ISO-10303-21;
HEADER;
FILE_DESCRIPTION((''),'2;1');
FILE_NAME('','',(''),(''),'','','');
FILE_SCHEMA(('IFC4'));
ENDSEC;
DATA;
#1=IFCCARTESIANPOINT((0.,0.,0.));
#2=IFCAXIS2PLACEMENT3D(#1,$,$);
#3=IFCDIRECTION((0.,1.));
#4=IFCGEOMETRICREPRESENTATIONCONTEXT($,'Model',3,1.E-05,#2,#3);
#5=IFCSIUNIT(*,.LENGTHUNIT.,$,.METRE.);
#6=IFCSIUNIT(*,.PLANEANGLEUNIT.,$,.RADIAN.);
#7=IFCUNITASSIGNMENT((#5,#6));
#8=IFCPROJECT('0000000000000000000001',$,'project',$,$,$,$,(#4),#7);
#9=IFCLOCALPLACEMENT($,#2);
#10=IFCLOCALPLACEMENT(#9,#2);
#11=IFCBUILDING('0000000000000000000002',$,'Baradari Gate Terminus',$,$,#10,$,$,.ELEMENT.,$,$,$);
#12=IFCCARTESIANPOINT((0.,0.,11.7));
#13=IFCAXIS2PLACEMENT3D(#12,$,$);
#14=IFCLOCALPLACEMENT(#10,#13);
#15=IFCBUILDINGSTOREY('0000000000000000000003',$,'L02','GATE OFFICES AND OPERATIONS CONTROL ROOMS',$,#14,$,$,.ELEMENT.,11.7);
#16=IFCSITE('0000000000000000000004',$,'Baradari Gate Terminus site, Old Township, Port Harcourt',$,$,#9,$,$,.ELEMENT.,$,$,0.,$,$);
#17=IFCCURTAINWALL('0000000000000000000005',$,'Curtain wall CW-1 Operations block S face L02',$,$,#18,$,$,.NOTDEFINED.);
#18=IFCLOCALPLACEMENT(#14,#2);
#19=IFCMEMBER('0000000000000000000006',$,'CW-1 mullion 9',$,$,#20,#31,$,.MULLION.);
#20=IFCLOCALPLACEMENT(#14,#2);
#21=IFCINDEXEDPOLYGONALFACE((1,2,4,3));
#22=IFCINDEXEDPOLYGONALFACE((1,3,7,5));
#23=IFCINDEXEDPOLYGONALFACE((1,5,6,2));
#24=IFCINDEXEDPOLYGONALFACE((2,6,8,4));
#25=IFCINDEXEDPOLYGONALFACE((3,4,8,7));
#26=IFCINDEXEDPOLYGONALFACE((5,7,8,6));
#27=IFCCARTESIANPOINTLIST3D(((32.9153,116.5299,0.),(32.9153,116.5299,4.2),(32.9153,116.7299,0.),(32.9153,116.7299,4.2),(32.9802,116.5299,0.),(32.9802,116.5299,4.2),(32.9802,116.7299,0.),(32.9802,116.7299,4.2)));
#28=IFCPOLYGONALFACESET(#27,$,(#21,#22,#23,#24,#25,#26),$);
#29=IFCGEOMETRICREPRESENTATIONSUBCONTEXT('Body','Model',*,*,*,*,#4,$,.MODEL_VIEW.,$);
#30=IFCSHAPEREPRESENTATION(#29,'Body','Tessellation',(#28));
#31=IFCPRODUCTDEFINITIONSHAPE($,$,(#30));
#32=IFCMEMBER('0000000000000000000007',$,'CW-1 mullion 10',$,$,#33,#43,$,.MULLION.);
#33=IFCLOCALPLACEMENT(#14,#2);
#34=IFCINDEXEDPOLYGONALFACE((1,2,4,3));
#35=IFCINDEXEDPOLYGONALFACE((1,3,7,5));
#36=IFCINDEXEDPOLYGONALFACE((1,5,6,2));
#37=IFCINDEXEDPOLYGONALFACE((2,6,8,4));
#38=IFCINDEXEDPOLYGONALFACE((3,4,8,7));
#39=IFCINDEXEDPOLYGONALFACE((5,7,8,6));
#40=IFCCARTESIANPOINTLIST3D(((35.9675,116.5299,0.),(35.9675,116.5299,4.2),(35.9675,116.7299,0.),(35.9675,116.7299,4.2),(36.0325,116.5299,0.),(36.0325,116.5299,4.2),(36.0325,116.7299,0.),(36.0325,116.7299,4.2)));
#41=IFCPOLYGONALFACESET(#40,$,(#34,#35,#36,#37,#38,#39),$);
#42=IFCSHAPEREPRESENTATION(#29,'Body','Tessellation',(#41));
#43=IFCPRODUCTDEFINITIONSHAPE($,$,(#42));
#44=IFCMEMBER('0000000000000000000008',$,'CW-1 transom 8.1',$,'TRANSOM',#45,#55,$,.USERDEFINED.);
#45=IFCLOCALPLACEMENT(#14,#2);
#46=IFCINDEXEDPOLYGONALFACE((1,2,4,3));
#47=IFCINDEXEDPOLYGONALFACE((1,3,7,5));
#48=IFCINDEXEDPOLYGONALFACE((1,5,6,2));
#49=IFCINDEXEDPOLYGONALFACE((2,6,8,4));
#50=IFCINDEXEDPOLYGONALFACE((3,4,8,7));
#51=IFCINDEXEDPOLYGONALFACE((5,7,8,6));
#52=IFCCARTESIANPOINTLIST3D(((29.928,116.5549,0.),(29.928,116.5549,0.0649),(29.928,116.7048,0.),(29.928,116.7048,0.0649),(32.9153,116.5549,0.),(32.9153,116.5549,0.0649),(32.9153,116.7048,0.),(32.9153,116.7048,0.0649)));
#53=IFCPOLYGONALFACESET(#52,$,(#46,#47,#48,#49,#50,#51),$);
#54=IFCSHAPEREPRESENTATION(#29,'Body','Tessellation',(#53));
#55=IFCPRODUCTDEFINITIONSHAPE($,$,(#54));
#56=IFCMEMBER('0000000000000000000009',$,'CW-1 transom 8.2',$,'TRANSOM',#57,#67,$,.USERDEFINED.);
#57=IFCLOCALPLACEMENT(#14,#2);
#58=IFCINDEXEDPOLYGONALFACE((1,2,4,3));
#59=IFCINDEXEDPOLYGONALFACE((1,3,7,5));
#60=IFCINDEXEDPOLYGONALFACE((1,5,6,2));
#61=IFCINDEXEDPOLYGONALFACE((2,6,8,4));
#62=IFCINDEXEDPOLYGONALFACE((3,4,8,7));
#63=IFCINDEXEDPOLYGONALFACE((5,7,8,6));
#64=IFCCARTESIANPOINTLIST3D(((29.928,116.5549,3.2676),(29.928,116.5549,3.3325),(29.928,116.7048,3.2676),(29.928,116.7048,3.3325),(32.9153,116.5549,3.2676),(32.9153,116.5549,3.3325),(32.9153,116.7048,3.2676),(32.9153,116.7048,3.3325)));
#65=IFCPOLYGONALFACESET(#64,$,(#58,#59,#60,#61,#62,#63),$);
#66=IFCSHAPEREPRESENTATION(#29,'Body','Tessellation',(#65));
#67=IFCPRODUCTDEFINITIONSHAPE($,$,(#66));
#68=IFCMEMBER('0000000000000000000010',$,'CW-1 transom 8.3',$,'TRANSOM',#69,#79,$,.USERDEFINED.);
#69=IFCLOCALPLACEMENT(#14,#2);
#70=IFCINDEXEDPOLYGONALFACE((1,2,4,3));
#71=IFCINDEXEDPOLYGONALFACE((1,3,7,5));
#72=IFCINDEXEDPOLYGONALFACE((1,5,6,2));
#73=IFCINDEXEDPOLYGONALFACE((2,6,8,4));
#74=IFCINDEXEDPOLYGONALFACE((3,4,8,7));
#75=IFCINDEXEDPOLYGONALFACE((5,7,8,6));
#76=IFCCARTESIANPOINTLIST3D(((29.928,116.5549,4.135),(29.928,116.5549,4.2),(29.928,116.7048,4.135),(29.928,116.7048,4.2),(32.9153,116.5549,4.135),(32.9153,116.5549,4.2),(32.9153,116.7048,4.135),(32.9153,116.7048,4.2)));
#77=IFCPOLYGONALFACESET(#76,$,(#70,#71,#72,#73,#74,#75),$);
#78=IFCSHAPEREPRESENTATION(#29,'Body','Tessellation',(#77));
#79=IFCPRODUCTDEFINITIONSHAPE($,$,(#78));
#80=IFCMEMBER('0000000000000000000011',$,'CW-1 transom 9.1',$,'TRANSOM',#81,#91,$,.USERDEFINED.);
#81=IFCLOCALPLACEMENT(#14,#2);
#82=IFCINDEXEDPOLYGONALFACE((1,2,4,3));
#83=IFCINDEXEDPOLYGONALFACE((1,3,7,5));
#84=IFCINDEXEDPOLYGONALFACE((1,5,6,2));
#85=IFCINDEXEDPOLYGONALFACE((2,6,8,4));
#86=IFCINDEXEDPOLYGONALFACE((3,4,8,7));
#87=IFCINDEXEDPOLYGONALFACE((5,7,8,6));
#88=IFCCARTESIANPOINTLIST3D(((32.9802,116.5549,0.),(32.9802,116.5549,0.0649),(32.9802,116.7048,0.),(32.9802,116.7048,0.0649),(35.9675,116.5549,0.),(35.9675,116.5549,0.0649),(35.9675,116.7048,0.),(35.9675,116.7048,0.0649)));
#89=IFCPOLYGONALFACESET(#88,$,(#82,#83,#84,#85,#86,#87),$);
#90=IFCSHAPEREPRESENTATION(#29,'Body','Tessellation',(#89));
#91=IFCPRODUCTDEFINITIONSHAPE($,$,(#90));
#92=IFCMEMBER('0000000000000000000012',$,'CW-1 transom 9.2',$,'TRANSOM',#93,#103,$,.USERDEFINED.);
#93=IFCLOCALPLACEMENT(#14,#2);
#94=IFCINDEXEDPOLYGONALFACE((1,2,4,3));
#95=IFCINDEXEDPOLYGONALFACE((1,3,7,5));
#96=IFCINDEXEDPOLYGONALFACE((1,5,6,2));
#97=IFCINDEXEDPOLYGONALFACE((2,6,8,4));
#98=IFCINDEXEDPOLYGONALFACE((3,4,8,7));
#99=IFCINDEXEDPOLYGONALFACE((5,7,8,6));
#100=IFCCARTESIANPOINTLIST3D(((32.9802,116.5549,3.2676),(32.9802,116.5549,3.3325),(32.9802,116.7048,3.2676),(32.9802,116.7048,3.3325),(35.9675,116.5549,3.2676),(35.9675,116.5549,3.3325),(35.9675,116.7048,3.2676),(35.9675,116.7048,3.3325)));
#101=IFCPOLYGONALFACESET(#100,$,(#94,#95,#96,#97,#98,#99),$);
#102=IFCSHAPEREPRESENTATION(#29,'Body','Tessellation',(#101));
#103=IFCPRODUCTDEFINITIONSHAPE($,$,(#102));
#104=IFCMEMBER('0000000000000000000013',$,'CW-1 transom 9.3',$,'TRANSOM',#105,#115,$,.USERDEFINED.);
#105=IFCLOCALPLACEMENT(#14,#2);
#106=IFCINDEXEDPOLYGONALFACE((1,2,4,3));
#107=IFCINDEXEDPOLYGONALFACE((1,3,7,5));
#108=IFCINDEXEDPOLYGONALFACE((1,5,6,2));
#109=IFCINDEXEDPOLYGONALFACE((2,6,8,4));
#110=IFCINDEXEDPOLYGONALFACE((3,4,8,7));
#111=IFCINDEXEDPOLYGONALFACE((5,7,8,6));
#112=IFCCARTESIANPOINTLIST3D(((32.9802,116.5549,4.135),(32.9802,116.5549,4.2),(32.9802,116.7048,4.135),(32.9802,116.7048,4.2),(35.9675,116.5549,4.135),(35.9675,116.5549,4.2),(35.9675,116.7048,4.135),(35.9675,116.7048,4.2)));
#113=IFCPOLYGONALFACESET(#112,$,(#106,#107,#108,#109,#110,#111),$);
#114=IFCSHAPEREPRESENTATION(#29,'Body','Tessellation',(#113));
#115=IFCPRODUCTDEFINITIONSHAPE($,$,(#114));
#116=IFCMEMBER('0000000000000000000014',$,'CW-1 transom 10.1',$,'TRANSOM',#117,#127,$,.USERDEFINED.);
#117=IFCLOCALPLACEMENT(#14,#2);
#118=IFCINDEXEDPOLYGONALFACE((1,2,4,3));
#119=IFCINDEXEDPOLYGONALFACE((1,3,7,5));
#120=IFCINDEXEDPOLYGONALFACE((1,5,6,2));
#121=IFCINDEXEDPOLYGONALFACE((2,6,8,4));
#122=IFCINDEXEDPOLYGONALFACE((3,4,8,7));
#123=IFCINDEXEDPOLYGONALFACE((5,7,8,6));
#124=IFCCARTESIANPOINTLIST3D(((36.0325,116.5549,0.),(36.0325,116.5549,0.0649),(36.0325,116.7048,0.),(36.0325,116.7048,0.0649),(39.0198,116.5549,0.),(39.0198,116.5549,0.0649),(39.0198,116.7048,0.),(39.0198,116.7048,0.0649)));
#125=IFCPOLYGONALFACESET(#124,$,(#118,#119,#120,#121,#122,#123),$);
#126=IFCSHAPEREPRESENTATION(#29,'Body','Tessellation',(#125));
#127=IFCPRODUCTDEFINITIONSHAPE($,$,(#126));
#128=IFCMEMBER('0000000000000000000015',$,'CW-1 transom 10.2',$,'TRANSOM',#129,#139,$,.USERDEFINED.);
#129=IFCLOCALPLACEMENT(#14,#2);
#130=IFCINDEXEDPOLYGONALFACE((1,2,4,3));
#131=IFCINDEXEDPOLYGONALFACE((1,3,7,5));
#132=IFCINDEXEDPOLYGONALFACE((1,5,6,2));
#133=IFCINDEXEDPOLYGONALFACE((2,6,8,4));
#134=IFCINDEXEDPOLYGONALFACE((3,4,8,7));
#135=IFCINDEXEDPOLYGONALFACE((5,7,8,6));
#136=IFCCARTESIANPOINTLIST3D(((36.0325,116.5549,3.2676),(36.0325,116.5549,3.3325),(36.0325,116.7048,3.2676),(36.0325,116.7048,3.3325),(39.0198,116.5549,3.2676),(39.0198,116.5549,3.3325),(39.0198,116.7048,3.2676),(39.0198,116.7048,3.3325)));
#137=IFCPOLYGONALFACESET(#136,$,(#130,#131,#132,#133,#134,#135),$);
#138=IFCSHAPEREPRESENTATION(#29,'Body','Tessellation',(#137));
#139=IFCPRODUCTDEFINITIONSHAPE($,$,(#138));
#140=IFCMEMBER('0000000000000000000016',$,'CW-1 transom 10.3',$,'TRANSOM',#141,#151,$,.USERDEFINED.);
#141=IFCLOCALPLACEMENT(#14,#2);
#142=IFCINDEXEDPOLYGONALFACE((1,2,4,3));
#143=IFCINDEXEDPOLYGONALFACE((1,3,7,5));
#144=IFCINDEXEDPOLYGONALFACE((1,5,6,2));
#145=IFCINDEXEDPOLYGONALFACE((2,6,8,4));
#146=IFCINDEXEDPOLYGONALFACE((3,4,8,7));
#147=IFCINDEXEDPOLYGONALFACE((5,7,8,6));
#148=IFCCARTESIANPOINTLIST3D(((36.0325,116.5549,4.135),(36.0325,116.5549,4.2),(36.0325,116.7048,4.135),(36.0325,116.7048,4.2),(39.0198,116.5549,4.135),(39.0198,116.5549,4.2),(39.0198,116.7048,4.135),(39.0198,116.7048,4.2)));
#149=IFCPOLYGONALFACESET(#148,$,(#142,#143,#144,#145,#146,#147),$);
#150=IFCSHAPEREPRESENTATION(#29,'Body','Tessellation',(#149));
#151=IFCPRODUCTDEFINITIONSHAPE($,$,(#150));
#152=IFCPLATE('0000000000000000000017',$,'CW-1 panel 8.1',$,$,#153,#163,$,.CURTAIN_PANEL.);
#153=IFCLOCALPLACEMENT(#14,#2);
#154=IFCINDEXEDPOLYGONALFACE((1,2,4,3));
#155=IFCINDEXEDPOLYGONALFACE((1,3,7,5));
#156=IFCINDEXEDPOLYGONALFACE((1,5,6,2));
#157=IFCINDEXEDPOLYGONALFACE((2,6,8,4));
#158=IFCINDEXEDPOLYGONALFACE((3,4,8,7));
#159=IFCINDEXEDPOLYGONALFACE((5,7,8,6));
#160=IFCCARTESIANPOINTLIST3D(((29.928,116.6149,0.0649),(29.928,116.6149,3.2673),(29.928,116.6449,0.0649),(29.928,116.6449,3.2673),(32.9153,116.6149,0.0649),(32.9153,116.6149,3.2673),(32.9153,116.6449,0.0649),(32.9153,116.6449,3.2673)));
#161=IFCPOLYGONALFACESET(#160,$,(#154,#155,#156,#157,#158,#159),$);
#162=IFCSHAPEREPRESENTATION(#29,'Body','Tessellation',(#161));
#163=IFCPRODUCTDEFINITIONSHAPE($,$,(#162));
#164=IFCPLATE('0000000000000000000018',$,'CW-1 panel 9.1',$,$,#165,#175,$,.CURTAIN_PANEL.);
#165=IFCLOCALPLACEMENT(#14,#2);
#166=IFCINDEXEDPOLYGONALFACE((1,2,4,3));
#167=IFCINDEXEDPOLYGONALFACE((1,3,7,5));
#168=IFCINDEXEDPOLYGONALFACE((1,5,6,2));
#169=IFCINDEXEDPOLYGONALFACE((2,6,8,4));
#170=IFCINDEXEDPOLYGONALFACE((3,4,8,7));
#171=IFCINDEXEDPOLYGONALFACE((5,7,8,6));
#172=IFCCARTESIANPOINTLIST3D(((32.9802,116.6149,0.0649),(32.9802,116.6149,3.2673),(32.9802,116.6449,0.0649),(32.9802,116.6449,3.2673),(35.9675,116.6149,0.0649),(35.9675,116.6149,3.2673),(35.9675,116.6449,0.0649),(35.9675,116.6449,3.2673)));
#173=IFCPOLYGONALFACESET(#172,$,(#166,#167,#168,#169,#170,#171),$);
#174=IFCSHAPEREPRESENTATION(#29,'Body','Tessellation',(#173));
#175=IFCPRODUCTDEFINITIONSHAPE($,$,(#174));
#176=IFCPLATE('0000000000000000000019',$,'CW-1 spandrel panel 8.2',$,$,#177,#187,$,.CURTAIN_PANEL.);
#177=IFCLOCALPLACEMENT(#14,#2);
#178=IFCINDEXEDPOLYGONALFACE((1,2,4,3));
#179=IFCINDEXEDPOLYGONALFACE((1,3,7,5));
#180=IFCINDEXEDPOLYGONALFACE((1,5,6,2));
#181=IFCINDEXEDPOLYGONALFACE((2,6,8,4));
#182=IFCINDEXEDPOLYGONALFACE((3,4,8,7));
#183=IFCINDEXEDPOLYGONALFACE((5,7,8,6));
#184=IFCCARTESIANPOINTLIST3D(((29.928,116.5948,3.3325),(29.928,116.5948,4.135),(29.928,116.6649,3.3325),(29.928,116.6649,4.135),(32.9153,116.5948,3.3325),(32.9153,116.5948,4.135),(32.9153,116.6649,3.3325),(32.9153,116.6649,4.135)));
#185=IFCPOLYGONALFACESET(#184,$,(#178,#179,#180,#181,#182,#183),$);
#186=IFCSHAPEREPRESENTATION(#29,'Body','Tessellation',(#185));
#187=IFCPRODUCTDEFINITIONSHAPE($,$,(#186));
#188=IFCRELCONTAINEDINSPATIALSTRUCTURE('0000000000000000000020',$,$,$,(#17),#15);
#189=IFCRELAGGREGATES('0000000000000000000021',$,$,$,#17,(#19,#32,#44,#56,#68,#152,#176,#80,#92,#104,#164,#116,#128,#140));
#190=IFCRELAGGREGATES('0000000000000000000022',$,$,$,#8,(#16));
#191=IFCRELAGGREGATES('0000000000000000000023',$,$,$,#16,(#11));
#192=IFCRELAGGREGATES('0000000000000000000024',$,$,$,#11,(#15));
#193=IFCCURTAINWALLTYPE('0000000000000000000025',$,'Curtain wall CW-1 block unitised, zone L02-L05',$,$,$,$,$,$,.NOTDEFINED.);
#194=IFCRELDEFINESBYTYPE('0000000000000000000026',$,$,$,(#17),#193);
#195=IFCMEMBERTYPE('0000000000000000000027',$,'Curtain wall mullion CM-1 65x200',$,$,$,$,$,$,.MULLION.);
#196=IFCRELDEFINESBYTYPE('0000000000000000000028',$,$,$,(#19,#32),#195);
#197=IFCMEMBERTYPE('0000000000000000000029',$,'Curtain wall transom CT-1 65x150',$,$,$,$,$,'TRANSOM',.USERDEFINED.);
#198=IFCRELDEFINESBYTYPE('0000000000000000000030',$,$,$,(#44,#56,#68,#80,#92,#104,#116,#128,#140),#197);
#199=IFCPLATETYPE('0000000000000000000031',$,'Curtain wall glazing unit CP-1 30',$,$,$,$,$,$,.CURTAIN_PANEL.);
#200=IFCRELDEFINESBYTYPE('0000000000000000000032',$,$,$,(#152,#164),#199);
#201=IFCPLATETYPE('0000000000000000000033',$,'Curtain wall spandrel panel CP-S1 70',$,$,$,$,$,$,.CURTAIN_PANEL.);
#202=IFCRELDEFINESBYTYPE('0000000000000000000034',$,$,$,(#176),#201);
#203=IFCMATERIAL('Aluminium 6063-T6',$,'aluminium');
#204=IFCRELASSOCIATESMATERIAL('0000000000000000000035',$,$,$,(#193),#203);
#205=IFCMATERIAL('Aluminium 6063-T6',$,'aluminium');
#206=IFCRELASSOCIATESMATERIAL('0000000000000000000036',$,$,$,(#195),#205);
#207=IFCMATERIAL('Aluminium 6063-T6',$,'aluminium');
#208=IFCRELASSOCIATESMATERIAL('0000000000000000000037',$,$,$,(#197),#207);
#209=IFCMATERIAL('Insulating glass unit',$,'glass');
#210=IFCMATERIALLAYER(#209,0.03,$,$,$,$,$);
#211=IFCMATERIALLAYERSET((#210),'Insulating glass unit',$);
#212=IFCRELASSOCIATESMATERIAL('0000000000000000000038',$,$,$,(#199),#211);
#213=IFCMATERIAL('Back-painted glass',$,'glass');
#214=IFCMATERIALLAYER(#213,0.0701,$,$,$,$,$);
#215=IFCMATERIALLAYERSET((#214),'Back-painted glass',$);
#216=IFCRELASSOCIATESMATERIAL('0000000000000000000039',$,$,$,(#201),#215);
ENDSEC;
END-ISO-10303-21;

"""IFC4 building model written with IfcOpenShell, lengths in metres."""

from ifc_helpers import new_model, si_unit, direction, frame, origin, origin_2d, place, context, subcontext, project, spatial, rectangle, extrude, material, layer, layer_set, material_profile, profile_set, type_object, element, aggregate, save


model = new_model("IFC4")

# Units and contexts
model_context = context("Model", 3, precision=1e-05, world=origin(), true_north=direction((0.0, 1.0)))
body_context = subcontext(model_context, "Body", "Model", "MODEL_VIEW")
ifc_project = project(units=[si_unit("LENGTHUNIT", "METRE"), si_unit("PLANEANGLEUNIT", "RADIAN")], contexts=[model_context])

# Site, building, storey
site_placement = place(None, origin())
site = spatial("IfcSite", under=ifc_project, at=site_placement, Name="Baradari Gate Terminus site, Old Township, Port Harcourt", CompositionType="ELEMENT", RefElevation=0.0)
building_placement = place(site_placement, origin())
building = spatial("IfcBuilding", under=site, at=building_placement, Name="Baradari Gate Terminus", CompositionType="ELEMENT")
storey_placement = place(building_placement, frame((0.0, 0.0, 11.7)))
storey = spatial("IfcBuildingStorey", under=building, at=storey_placement, Name="L02", Description="GATE OFFICES AND OPERATIONS CONTROL ROOMS", CompositionType="ELEMENT", Elevation=11.7)

# Curtain wall, members, plates
ifc_material_1 = material(Name="Aluminium 6063-T6", Category="aluminium")
curtain_wall_type = type_object("IfcCurtainWallType", Name="Curtain wall CW-1 block unitised, zone L02-L05", PredefinedType="NOTDEFINED", material=ifc_material_1)
curtain_wall_placement = place(storey_placement, origin())
curtain_wall = element("IfcCurtainWall", 1, at=curtain_wall_placement, inside=storey, type_object=curtain_wall_type, Name="Curtain wall CW-1 Operations block S face L02", PredefinedType="NOTDEFINED")
ifc_material_2 = material(Name="Aluminium 6063-T6", Category="aluminium")
ifc_material_profile_1 = material_profile(ifc_material_2, rectangle(XDim=0.2, YDim=0.0649, at=origin_2d()), Name="CM-1 65X200")
ifc_profile_set_1 = profile_set([ifc_material_profile_1], Name="Aluminium 6063-T6")
member_type_1 = type_object("IfcMemberType", Name="Curtain wall mullion CM-1 65x200", PredefinedType="MULLION", material=ifc_profile_set_1)
member_1_placement = place(storey_placement, frame((32.9478, 116.6299, 0.0), z_axis=(0.0, 0.0, 1.0), x_axis=(0.0, 1.0, 0.0)))
member_1 = element("IfcMember", 2, at=member_1_placement, type_object=member_type_1, Name="CW-1 mullion 9", PredefinedType="MULLION", context=body_context, shape_type="SweptSolid", body=[
    extrude(rectangle(XDim=0.2, YDim=0.0649, at=origin_2d()), origin(), (0.0, 0.0, 1.0), 4.2),
])
member_2_placement = place(storey_placement, frame((36.0, 116.6299, 0.0), z_axis=(0.0, 0.0, 1.0), x_axis=(0.0, 1.0, 0.0)))
member_2 = element("IfcMember", 3, at=member_2_placement, type_object=member_type_1, Name="CW-1 mullion 10", PredefinedType="MULLION", context=body_context, shape_type="SweptSolid", body=[
    extrude(rectangle(XDim=0.2, YDim=0.0649, at=origin_2d()), origin(), (0.0, 0.0, 1.0), 4.2),
])
ifc_material_3 = material(Name="Aluminium 6063-T6", Category="aluminium")
ifc_material_profile_2 = material_profile(ifc_material_3, rectangle(XDim=0.1499, YDim=0.0649, at=origin_2d()), Name="CT-1 65X150")
ifc_profile_set_2 = profile_set([ifc_material_profile_2], Name="Aluminium 6063-T6")
member_type_2 = type_object("IfcMemberType", Name="Curtain wall transom CT-1 65x150", ElementType="TRANSOM", PredefinedType="USERDEFINED", material=ifc_profile_set_2)
member_3_placement = place(storey_placement, frame((29.928, 116.6299, 0.0325), z_axis=(1.0, 0.0, 0.0), x_axis=(0.0, 1.0, 0.0)))
member_3 = element("IfcMember", 4, at=member_3_placement, type_object=member_type_2, Name="CW-1 transom 8.1", ObjectType="TRANSOM", PredefinedType="USERDEFINED", context=body_context, shape_type="SweptSolid", body=[
    extrude(rectangle(XDim=0.1499, YDim=0.0649, at=origin_2d()), origin(), (0.0, 0.0, 1.0), 2.9873),
])
member_4_placement = place(storey_placement, frame((29.928, 116.6299, 3.3), z_axis=(1.0, 0.0, 0.0), x_axis=(0.0, 1.0, 0.0)))
member_4 = element("IfcMember", 5, at=member_4_placement, type_object=member_type_2, Name="CW-1 transom 8.2", ObjectType="TRANSOM", PredefinedType="USERDEFINED", context=body_context, shape_type="SweptSolid", body=[
    extrude(rectangle(XDim=0.1499, YDim=0.0649, at=origin_2d()), origin(), (0.0, 0.0, 1.0), 2.9873),
])
member_5_placement = place(storey_placement, frame((29.928, 116.6299, 4.1675), z_axis=(1.0, 0.0, 0.0), x_axis=(0.0, 1.0, 0.0)))
member_5 = element("IfcMember", 6, at=member_5_placement, type_object=member_type_2, Name="CW-1 transom 8.3", ObjectType="TRANSOM", PredefinedType="USERDEFINED", context=body_context, shape_type="SweptSolid", body=[
    extrude(rectangle(XDim=0.1499, YDim=0.0649, at=origin_2d()), origin(), (0.0, 0.0, 1.0), 2.9873),
])
member_6_placement = place(storey_placement, frame((32.9802, 116.6299, 0.0325), z_axis=(1.0, 0.0, 0.0), x_axis=(0.0, 1.0, 0.0)))
member_6 = element("IfcMember", 7, at=member_6_placement, type_object=member_type_2, Name="CW-1 transom 9.1", ObjectType="TRANSOM", PredefinedType="USERDEFINED", context=body_context, shape_type="SweptSolid", body=[
    extrude(rectangle(XDim=0.1499, YDim=0.0649, at=origin_2d()), origin(), (0.0, 0.0, 1.0), 2.9873),
])
member_7_placement = place(storey_placement, frame((32.9802, 116.6299, 3.3), z_axis=(1.0, 0.0, 0.0), x_axis=(0.0, 1.0, 0.0)))
member_7 = element("IfcMember", 8, at=member_7_placement, type_object=member_type_2, Name="CW-1 transom 9.2", ObjectType="TRANSOM", PredefinedType="USERDEFINED", context=body_context, shape_type="SweptSolid", body=[
    extrude(rectangle(XDim=0.1499, YDim=0.0649, at=origin_2d()), origin(), (0.0, 0.0, 1.0), 2.9873),
])
member_8_placement = place(storey_placement, frame((32.9802, 116.6299, 4.1675), z_axis=(1.0, 0.0, 0.0), x_axis=(0.0, 1.0, 0.0)))
member_8 = element("IfcMember", 9, at=member_8_placement, type_object=member_type_2, Name="CW-1 transom 9.3", ObjectType="TRANSOM", PredefinedType="USERDEFINED", context=body_context, shape_type="SweptSolid", body=[
    extrude(rectangle(XDim=0.1499, YDim=0.0649, at=origin_2d()), origin(), (0.0, 0.0, 1.0), 2.9873),
])
member_9_placement = place(storey_placement, frame((36.0325, 116.6299, 0.0325), z_axis=(1.0, 0.0, 0.0), x_axis=(0.0, 1.0, 0.0)))
member_9 = element("IfcMember", 10, at=member_9_placement, type_object=member_type_2, Name="CW-1 transom 10.1", ObjectType="TRANSOM", PredefinedType="USERDEFINED", context=body_context, shape_type="SweptSolid", body=[
    extrude(rectangle(XDim=0.1499, YDim=0.0649, at=origin_2d()), origin(), (0.0, 0.0, 1.0), 2.9873),
])
member_10_placement = place(storey_placement, frame((36.0325, 116.6299, 3.3), z_axis=(1.0, 0.0, 0.0), x_axis=(0.0, 1.0, 0.0)))
member_10 = element("IfcMember", 11, at=member_10_placement, type_object=member_type_2, Name="CW-1 transom 10.2", ObjectType="TRANSOM", PredefinedType="USERDEFINED", context=body_context, shape_type="SweptSolid", body=[
    extrude(rectangle(XDim=0.1499, YDim=0.0649, at=origin_2d()), origin(), (0.0, 0.0, 1.0), 2.9873),
])
member_11_placement = place(storey_placement, frame((36.0325, 116.6299, 4.1675), z_axis=(1.0, 0.0, 0.0), x_axis=(0.0, 1.0, 0.0)))
member_11 = element("IfcMember", 12, at=member_11_placement, type_object=member_type_2, Name="CW-1 transom 10.3", ObjectType="TRANSOM", PredefinedType="USERDEFINED", context=body_context, shape_type="SweptSolid", body=[
    extrude(rectangle(XDim=0.1499, YDim=0.0649, at=origin_2d()), origin(), (0.0, 0.0, 1.0), 2.9873),
])
ifc_material_4 = material(Name="Insulating glass unit", Category="glass")
ifc_layer_1 = layer(ifc_material_4, 0.03)
ifc_layer_set_1 = layer_set([ifc_layer_1], Name="Insulating glass unit")
plate_type_1 = type_object("IfcPlateType", Name="Curtain wall glazing unit CP-1 30", PredefinedType="CURTAIN_PANEL", material=ifc_layer_set_1)
plate_1_placement = place(storey_placement, frame((31.4216, 116.6299, 0.0649), z_axis=(0.0, 0.0, 1.0), x_axis=(1.0, 0.0, 0.0)))
plate_1 = element("IfcPlate", 13, at=plate_1_placement, type_object=plate_type_1, Name="CW-1 panel 8.1", PredefinedType="CURTAIN_PANEL", context=body_context, shape_type="SweptSolid", body=[
    extrude(rectangle(XDim=2.9873, YDim=0.03, at=origin_2d()), origin(), (0.0, 0.0, 1.0), 3.2024),
])
plate_2_placement = place(storey_placement, frame((34.4739, 116.6299, 0.0649), z_axis=(0.0, 0.0, 1.0), x_axis=(1.0, 0.0, 0.0)))
plate_2 = element("IfcPlate", 14, at=plate_2_placement, type_object=plate_type_1, Name="CW-1 panel 9.1", PredefinedType="CURTAIN_PANEL", context=body_context, shape_type="SweptSolid", body=[
    extrude(rectangle(XDim=2.9873, YDim=0.03, at=origin_2d()), origin(), (0.0, 0.0, 1.0), 3.2024),
])
ifc_material_5 = material(Name="Back-painted glass", Category="glass")
ifc_layer_2 = layer(ifc_material_5, 0.0701)
ifc_layer_set_2 = layer_set([ifc_layer_2], Name="Back-painted glass")
plate_type_2 = type_object("IfcPlateType", Name="Curtain wall spandrel panel CP-S1 70", PredefinedType="CURTAIN_PANEL", material=ifc_layer_set_2)
plate_3_placement = place(storey_placement, frame((31.4216, 116.6299, 3.3325), z_axis=(0.0, 0.0, 1.0), x_axis=(1.0, 0.0, 0.0)))
plate_3 = element("IfcPlate", 15, at=plate_3_placement, type_object=plate_type_2, Name="CW-1 spandrel panel 8.2", PredefinedType="CURTAIN_PANEL", context=body_context, shape_type="SweptSolid", body=[
    extrude(rectangle(XDim=2.9873, YDim=0.0701, at=origin_2d()), origin(), (0.0, 0.0, 1.0), 0.8025),
])
aggregate(curtain_wall, [member_1, member_2, member_3, member_4, member_5, plate_1, plate_3, member_6, member_7, member_8, plate_2, member_9, member_10, member_11])

save(model, "model.ifc")
